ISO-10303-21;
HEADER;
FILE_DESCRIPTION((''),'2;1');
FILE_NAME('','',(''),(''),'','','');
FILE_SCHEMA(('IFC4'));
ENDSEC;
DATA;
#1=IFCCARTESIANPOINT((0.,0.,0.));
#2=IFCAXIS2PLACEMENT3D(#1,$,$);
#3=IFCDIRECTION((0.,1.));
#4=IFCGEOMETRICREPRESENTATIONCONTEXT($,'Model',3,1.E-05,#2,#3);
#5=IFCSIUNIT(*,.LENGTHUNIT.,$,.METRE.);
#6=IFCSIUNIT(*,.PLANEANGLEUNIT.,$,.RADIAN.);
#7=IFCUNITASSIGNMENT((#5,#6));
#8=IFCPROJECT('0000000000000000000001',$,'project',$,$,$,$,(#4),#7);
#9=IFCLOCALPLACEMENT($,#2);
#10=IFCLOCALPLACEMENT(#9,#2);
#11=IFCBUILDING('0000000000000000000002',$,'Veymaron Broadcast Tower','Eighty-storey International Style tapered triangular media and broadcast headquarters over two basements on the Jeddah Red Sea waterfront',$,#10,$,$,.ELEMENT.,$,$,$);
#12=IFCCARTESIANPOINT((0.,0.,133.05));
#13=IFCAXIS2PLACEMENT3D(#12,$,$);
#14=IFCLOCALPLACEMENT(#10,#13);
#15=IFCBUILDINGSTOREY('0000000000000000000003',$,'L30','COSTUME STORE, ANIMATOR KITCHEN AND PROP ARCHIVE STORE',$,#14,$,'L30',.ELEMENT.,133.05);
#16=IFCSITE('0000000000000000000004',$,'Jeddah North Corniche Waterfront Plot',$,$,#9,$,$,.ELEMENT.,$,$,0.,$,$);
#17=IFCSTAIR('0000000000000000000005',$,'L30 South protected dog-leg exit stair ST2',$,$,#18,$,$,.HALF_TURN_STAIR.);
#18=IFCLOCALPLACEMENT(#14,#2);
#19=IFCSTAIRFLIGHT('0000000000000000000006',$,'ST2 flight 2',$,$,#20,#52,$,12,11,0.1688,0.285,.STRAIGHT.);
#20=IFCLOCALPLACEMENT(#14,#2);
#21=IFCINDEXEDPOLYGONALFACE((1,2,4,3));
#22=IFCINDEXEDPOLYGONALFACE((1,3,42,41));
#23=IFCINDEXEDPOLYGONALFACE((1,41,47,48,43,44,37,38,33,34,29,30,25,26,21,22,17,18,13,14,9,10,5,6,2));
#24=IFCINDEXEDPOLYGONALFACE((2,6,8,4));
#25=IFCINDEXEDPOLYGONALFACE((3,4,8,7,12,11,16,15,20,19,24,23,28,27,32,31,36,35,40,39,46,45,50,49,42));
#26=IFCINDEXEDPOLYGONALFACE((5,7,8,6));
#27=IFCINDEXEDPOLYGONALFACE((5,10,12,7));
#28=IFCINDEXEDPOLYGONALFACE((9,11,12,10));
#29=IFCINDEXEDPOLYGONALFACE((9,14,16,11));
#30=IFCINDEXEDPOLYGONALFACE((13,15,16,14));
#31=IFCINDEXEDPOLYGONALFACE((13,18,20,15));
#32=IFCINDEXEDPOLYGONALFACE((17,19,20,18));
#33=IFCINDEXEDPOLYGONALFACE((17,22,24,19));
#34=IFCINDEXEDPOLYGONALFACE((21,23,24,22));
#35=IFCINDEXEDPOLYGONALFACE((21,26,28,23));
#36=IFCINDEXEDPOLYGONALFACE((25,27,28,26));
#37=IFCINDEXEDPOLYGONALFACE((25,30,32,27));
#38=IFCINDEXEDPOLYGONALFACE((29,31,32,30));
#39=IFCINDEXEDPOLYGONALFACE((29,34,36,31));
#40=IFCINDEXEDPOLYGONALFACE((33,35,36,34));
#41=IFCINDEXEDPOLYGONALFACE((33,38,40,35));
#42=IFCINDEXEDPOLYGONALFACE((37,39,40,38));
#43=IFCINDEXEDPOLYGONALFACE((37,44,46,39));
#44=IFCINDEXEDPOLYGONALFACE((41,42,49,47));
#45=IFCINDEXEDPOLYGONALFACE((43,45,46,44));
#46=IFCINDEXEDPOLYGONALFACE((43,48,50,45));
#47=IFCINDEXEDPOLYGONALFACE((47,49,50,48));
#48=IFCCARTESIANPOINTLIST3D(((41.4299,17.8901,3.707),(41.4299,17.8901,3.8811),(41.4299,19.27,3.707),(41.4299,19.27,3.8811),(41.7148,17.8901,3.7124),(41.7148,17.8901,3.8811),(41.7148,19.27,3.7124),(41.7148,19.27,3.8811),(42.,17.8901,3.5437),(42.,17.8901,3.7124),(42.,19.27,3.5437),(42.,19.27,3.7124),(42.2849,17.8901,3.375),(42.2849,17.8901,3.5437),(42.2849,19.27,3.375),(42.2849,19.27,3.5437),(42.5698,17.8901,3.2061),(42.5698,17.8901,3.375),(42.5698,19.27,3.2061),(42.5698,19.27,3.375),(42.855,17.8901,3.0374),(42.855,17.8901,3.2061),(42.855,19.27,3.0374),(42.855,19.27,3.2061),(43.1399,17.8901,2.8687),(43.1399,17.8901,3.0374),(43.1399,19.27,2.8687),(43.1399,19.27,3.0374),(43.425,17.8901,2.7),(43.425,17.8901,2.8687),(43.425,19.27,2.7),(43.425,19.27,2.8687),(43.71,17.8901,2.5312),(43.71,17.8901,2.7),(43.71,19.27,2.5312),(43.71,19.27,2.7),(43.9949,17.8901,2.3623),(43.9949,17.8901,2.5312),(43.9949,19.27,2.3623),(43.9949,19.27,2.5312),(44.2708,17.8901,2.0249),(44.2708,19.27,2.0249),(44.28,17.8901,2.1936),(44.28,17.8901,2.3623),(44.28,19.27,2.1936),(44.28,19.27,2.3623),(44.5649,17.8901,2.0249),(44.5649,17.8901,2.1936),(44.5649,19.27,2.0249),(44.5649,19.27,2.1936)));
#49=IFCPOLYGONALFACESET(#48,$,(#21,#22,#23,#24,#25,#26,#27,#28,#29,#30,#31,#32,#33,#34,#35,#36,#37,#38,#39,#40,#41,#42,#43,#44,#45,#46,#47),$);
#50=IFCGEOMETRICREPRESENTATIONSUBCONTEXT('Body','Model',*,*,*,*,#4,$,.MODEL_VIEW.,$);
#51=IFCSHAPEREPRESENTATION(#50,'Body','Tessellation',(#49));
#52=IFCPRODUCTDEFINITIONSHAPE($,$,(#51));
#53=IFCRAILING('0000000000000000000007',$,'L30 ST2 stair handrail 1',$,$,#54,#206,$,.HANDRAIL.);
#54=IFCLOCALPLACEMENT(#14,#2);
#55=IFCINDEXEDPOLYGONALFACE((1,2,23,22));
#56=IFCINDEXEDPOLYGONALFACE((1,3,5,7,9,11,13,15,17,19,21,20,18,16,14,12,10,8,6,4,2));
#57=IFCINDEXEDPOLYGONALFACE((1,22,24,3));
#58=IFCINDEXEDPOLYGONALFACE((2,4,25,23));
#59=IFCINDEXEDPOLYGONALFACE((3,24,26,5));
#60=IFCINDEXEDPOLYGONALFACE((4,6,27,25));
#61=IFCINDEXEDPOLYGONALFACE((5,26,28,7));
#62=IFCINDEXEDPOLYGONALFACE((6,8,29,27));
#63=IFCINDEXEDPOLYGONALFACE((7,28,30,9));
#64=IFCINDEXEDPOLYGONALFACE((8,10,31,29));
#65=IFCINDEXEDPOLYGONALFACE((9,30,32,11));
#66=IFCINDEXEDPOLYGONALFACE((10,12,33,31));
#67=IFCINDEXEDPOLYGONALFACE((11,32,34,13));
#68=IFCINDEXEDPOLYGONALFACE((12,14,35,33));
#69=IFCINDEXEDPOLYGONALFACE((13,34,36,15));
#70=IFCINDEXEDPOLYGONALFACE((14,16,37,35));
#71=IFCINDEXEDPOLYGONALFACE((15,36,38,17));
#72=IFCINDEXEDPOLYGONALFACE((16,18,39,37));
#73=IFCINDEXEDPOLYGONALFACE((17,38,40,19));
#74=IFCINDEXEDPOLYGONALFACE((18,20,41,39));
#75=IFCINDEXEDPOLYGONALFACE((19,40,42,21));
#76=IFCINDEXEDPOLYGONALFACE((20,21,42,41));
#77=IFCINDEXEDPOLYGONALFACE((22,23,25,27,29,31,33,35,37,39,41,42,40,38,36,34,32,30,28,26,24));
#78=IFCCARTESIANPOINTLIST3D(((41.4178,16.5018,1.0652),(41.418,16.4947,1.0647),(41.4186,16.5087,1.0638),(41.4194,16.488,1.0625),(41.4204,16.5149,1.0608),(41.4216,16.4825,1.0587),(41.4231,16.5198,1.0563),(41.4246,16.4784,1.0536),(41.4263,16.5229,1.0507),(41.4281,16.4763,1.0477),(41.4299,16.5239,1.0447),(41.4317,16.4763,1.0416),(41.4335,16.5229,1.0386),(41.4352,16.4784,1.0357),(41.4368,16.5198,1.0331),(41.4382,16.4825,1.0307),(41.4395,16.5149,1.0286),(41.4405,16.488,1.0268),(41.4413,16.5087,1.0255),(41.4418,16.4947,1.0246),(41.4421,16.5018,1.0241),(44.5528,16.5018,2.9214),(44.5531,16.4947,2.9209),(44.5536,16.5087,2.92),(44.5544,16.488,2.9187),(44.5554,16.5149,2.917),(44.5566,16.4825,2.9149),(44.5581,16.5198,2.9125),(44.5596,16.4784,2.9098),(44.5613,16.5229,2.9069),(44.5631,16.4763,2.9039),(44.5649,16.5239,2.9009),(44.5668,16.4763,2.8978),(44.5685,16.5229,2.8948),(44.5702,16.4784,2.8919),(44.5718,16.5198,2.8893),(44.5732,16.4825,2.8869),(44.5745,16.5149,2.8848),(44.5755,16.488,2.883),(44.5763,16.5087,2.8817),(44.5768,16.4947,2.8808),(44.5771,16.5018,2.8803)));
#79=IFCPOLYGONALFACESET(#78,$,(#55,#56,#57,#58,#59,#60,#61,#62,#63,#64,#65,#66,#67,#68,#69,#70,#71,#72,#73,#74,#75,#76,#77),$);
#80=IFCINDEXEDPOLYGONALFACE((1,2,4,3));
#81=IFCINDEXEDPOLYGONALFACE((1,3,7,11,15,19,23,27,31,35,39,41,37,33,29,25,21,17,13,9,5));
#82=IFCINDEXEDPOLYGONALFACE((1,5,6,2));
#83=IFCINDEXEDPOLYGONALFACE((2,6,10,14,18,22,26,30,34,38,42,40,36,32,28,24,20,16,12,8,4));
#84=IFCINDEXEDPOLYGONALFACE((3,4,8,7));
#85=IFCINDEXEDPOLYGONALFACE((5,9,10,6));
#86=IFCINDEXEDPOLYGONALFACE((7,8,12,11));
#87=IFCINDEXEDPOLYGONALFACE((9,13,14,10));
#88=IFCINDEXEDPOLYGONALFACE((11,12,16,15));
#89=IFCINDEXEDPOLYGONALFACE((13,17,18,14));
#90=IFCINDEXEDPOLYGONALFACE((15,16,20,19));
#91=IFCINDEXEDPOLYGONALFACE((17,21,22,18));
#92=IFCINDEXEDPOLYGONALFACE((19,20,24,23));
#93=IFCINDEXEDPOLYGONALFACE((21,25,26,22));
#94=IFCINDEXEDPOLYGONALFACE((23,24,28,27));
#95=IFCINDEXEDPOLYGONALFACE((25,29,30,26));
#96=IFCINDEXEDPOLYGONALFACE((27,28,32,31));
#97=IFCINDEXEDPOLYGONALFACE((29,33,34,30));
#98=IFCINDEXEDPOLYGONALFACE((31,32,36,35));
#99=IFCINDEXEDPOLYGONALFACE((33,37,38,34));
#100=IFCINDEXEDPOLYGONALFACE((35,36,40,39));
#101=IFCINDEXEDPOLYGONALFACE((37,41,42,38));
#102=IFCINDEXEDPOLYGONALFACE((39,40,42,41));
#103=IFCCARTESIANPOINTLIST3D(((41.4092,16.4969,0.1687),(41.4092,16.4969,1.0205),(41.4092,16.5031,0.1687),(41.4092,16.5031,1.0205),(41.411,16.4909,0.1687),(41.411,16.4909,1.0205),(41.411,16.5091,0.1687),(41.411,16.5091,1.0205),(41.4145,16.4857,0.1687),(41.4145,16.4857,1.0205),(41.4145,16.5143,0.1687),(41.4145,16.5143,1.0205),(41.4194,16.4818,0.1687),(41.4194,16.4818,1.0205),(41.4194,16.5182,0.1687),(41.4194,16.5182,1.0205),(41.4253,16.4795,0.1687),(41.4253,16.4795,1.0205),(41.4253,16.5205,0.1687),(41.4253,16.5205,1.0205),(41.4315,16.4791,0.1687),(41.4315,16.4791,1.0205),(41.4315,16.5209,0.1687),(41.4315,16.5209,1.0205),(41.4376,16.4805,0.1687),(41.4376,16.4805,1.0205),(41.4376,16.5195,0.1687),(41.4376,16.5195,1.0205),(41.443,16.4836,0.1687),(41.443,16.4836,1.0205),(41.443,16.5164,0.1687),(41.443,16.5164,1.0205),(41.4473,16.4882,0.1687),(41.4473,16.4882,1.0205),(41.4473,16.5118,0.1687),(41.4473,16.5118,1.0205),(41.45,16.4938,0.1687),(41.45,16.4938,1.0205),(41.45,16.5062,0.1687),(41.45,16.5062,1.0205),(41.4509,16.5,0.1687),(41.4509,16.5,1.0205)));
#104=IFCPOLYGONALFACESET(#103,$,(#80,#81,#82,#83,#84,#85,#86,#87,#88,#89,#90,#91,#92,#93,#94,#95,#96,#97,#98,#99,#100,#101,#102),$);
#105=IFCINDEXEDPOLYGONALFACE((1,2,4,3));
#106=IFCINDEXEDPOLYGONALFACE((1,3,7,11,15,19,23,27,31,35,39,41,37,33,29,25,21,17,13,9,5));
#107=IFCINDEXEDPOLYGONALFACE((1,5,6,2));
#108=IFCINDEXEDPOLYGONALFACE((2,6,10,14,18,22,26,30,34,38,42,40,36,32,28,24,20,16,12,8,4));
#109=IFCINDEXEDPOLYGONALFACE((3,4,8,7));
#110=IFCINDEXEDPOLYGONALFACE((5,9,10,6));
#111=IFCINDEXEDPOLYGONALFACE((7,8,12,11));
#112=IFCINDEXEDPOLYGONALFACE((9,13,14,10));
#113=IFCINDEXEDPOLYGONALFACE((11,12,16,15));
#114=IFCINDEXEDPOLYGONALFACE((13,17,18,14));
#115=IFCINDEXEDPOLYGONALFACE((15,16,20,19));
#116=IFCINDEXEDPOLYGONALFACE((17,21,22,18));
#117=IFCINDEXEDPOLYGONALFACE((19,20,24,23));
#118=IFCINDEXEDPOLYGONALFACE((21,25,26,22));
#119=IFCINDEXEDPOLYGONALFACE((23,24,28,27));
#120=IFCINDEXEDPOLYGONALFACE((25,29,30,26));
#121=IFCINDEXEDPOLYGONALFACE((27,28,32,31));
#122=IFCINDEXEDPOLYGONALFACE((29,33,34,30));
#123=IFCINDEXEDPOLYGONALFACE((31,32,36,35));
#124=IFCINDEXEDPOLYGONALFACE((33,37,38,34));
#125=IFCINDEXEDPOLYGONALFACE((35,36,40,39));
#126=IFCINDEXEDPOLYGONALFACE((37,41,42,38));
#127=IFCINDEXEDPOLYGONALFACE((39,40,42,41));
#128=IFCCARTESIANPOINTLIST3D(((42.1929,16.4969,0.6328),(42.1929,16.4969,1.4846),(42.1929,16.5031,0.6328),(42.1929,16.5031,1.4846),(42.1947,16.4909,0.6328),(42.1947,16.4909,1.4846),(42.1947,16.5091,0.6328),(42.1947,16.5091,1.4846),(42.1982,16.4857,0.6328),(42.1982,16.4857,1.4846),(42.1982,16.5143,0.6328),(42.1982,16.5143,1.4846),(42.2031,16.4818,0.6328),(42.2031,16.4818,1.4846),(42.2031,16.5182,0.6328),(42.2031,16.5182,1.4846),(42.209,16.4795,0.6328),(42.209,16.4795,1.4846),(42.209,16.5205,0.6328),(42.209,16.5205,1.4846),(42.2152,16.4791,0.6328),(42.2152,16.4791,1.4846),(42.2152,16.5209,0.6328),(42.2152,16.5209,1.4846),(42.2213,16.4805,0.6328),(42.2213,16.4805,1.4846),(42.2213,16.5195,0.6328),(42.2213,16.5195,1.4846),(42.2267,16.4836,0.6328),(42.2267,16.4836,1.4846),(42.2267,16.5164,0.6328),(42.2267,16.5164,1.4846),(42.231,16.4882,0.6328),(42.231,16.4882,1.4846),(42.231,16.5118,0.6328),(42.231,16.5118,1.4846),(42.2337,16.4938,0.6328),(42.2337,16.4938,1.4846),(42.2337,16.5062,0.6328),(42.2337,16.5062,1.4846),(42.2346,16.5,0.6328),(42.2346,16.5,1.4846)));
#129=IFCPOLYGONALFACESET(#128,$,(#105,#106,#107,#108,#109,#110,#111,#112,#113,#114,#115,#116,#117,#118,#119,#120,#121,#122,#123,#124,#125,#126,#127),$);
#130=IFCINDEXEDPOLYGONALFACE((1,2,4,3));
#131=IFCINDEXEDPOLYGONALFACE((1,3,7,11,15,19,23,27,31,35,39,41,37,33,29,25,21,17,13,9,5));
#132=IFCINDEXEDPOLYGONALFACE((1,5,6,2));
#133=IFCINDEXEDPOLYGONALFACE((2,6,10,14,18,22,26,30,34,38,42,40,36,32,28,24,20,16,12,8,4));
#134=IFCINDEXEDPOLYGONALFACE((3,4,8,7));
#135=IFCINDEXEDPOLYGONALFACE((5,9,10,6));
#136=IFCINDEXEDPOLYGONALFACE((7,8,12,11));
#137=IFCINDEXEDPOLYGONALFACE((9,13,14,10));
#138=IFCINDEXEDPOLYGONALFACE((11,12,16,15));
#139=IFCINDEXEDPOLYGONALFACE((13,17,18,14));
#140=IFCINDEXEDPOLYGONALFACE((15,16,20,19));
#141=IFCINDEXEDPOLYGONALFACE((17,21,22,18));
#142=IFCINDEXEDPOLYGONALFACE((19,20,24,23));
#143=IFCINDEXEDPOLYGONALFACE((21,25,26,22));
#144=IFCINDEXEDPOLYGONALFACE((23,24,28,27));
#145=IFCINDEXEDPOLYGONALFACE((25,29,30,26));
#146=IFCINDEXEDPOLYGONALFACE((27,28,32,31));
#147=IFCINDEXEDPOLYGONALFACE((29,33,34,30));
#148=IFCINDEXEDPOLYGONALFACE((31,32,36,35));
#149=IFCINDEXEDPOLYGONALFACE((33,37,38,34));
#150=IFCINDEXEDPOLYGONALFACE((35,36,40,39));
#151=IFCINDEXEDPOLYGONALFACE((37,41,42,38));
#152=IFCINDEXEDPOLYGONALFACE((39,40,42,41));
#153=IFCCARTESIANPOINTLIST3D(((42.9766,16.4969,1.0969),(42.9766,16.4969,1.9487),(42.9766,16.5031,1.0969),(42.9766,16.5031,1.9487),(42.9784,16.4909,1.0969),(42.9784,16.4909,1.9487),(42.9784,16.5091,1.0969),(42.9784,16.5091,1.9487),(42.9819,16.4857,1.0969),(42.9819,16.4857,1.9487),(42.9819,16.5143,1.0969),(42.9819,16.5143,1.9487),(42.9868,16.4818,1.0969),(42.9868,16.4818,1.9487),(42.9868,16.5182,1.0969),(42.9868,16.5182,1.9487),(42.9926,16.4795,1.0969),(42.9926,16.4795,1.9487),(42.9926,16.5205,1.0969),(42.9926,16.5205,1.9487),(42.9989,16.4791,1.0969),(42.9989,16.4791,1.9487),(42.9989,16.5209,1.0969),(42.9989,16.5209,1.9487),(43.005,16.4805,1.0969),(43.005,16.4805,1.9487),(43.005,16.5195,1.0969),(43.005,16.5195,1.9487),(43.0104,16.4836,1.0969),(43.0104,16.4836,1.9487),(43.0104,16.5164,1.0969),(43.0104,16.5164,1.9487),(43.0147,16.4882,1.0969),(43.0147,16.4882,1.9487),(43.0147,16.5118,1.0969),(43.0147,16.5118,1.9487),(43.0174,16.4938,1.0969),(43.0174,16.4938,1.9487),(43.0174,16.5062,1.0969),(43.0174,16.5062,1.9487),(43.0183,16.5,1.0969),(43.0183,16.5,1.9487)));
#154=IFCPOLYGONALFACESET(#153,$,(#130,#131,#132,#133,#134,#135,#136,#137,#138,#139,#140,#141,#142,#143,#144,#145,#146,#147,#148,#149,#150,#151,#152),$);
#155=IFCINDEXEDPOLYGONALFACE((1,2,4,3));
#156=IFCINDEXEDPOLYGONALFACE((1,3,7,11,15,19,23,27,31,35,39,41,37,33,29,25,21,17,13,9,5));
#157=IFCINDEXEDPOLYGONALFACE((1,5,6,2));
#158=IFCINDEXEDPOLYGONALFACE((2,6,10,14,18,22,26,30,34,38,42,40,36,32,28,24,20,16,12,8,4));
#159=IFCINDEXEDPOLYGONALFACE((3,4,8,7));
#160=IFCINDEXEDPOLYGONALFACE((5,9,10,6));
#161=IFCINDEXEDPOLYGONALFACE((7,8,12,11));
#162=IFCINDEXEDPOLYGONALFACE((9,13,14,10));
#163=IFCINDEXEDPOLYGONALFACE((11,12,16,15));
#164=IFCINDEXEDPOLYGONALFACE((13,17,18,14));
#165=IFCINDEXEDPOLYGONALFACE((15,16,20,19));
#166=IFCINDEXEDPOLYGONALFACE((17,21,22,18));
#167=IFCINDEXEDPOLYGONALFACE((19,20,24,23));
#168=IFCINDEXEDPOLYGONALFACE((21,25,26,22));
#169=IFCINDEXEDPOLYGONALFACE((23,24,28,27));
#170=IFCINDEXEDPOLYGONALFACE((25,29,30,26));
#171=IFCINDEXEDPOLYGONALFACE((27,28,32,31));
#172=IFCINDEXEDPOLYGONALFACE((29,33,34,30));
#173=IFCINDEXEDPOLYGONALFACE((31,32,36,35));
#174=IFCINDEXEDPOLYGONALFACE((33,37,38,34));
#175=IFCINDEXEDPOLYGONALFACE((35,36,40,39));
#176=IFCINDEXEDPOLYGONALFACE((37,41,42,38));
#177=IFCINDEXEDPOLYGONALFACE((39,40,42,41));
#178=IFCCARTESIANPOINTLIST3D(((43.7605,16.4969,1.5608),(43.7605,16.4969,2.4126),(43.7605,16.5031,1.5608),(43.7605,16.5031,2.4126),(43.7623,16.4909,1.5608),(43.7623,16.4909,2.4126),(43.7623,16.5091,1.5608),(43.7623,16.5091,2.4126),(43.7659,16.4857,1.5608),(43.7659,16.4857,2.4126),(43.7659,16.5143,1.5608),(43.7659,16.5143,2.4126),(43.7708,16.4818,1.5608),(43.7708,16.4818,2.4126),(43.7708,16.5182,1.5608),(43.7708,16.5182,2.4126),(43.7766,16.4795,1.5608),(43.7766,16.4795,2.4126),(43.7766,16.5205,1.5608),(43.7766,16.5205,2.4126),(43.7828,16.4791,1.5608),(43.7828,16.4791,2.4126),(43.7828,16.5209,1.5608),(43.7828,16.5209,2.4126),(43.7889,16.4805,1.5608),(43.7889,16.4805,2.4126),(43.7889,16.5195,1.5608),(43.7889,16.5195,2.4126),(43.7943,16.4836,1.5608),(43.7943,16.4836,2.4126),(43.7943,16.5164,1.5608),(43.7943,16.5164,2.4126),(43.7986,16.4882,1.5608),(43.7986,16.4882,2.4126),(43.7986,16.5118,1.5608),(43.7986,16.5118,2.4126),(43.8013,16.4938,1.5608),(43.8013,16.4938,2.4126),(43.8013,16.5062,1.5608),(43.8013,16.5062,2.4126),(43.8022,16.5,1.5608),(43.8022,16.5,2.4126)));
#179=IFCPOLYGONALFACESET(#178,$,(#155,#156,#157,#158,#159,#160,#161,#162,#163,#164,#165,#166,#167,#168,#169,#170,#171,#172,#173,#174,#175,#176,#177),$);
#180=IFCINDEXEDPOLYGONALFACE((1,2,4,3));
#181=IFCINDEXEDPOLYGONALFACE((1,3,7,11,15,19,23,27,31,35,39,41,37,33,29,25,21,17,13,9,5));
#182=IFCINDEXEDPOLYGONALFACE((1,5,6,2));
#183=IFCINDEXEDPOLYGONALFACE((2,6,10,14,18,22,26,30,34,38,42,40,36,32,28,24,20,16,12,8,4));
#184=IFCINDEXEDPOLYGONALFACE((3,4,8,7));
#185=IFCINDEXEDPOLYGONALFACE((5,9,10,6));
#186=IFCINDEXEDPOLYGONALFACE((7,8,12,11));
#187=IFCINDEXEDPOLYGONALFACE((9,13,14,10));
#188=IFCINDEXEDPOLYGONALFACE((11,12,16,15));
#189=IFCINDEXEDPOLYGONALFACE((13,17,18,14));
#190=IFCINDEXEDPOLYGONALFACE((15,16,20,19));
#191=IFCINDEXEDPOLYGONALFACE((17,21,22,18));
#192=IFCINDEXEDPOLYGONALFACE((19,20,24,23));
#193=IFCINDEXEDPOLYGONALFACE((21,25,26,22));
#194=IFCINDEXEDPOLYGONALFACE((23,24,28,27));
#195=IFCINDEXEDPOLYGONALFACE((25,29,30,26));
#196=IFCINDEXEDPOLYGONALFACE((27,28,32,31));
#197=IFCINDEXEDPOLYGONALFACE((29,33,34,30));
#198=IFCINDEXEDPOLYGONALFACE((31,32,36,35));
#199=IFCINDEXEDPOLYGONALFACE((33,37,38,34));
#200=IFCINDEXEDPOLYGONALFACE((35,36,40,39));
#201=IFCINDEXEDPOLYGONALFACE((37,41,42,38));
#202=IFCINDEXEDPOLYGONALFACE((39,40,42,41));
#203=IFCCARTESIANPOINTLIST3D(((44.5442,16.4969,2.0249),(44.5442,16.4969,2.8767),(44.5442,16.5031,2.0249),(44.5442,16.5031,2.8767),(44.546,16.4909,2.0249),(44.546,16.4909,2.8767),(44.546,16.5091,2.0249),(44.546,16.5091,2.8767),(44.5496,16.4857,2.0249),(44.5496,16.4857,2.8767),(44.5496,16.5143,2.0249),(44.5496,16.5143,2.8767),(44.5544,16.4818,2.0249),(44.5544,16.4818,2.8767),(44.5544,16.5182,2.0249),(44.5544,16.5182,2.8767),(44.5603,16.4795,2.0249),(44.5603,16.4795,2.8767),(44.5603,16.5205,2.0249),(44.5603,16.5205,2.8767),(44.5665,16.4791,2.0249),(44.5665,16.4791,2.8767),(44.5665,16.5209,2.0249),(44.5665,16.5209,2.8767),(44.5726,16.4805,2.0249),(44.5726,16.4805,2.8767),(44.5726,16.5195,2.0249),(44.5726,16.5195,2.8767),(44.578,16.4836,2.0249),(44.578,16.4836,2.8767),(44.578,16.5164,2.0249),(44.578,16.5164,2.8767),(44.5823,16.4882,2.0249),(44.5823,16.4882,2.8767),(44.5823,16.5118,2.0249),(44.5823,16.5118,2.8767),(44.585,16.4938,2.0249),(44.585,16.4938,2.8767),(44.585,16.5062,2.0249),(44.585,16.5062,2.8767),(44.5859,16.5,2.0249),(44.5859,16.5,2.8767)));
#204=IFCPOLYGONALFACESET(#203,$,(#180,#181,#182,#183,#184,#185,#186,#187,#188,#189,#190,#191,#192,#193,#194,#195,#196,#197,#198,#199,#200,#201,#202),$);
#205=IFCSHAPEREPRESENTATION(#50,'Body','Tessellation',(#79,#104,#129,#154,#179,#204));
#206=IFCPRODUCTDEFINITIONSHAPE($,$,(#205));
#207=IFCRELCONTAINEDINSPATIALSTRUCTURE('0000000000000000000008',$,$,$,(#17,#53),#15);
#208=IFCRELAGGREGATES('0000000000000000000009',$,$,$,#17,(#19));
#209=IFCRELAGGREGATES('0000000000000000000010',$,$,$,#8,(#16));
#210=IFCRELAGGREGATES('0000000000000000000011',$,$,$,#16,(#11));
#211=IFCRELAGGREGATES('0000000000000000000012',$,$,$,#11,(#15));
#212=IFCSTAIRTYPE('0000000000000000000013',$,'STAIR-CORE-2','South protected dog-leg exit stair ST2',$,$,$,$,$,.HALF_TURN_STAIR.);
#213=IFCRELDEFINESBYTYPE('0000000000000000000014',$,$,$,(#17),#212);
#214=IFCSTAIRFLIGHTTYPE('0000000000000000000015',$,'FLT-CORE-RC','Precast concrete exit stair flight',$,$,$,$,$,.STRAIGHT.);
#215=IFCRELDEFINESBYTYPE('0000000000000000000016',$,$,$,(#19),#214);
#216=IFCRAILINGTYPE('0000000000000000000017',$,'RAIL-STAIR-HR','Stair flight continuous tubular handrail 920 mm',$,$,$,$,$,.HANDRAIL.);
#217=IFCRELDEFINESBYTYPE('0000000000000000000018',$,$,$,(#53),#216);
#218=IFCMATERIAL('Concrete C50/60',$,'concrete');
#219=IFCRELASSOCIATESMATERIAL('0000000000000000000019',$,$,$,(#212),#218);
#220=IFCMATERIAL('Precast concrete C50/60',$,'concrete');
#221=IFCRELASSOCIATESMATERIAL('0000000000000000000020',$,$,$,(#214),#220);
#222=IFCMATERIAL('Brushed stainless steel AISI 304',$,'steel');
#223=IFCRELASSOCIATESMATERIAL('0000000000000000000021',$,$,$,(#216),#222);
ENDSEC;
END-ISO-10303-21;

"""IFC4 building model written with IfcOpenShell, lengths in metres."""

from ifc_helpers import new_model, si_unit, direction, frame, origin, origin_2d, place, context, subcontext, project, spatial, polyline, circle, outline, extrude, material, type_object, element, aggregate, save


model = new_model("IFC4")

# Units and contexts
model_context = context("Model", 3, precision=1e-05, world=origin(), true_north=direction((0.0, 1.0)))
body_context = subcontext(model_context, "Body", "Model", "MODEL_VIEW")
ifc_project = project(units=[si_unit("LENGTHUNIT", "METRE"), si_unit("PLANEANGLEUNIT", "RADIAN")], contexts=[model_context])

# Site, building, storey
site_placement = place(None, origin())
site = spatial("IfcSite", under=ifc_project, at=site_placement, Name="Jeddah North Corniche Waterfront Plot", CompositionType="ELEMENT", RefElevation=0.0)
building_placement = place(site_placement, origin())
building = spatial("IfcBuilding", under=site, at=building_placement, Name="Veymaron Broadcast Tower", Description="Eighty-storey International Style tapered triangular media and broadcast headquarters over two basements on the Jeddah Red Sea waterfront", CompositionType="ELEMENT")
storey_placement = place(building_placement, frame((0.0, 0.0, 133.05)))
storey = spatial("IfcBuildingStorey", under=building, at=storey_placement, Name="L30", Description="COSTUME STORE, ANIMATOR KITCHEN AND PROP ARCHIVE STORE", LongName="L30", CompositionType="ELEMENT", Elevation=133.05)

# Shared definitions
ifc_material_1 = material(Name="Concrete C50/60", Category="concrete")

# Stair, stair flight
stair_type = type_object("IfcStairType", Name="STAIR-CORE-2", Description="South protected dog-leg exit stair ST2", PredefinedType="HALF_TURN_STAIR", material=ifc_material_1)
stair_placement = place(storey_placement, origin())
stair = element("IfcStair", 1, at=stair_placement, inside=storey, type_object=stair_type, Name="L30 South protected dog-leg exit stair ST2", PredefinedType="HALF_TURN_STAIR")
ifc_material_2 = material(Name="Precast concrete C50/60", Category="concrete")
stair_flight_type = type_object("IfcStairFlightType", Name="FLT-CORE-RC", Description="Precast concrete exit stair flight", PredefinedType="STRAIGHT", material=ifc_material_2)
stair_flight_1_placement = place(storey_placement, frame((44.5649, 18.5801, 2.0249), z_axis=(0.0, 0.0, 1.0), x_axis=(-1.0, 0.0, 0.0)))
stair_flight_1 = element("IfcStairFlight", 2, at=stair_flight_1_placement, type_object=stair_flight_type, Name="ST2 flight 2", NumberOfRisers=12, NumberOfTreads=11, PredefinedType="STRAIGHT", RiserHeight=0.1688, TreadLength=0.285, context=body_context, shape_type="SweptSolid", body=[
    extrude(outline(polyline([(0.0, 0.0), (0.0, 0.1687), (0.2849, 0.1687), (0.2849, 0.3374), (0.5701, 0.3374), (0.5701, 0.5063), (0.855, 0.5063), (0.855, 0.675), (1.1399, 0.675), (1.1399, 0.8438), (1.425, 0.8438), (1.425, 1.0125), (1.71, 1.0125), (1.71, 1.1812), (1.9951, 1.1812), (1.9951, 1.3501), (2.28, 1.3501), (2.28, 1.5188), (2.5649, 1.5188), (2.5649, 1.6875), (2.8501, 1.6875), (2.8501, 1.8562), (3.135, 1.8562), (3.135, 2.0249), (3.135, 1.6821), (0.2942, 0.0), (0.0, 0.0)])), frame((0.0, 0.6899, 0.0), z_axis=(0.0, -1.0, 0.0), x_axis=(1.0, 0.0, 0.0)), (0.0, 0.0, 1.0), 1.3799),
])
aggregate(stair, [stair_flight_1])

# Railing
ifc_material_3 = material(Name="Brushed stainless steel AISI 304", Category="steel")
railing_type_1 = type_object("IfcRailingType", Name="RAIL-STAIR-HR", Description="Stair flight continuous tubular handrail 920 mm", PredefinedType="HANDRAIL", material=ifc_material_3)
railing_1_placement = place(storey_placement, frame((41.4299, 16.5, 0.1687)))
element("IfcRailing", 3, at=railing_1_placement, inside=storey, type_object=railing_type_1, Name="L30 ST2 stair handrail 1", PredefinedType="HANDRAIL", context=body_context, shape_type="SweptSolid", body=[
    extrude(circle(Radius=0.0239, at=origin_2d()), frame((0.0, 0.0, 0.876), z_axis=(0.860482, 0.0, 0.509481), x_axis=(0.0, 1.0, 0.0)), (0.0, 0.0, 1.0), 3.6433),
    extrude(circle(Radius=0.021, at=origin_2d()), origin(), (0.0, 0.0, 1.0), 0.8518),
    extrude(circle(Radius=0.021, at=origin_2d()), frame((0.7837, 0.0, 0.4641)), (0.0, 0.0, 1.0), 0.8518),
    extrude(circle(Radius=0.021, at=origin_2d()), frame((1.5674, 0.0, 0.9282)), (0.0, 0.0, 1.0), 0.8518),
    extrude(circle(Radius=0.021, at=origin_2d()), frame((2.3513, 0.0, 1.3921)), (0.0, 0.0, 1.0), 0.8518),
    extrude(circle(Radius=0.021, at=origin_2d()), frame((3.135, 0.0, 1.8562)), (0.0, 0.0, 1.0), 0.8518),
])

save(model, "model.ifc")
